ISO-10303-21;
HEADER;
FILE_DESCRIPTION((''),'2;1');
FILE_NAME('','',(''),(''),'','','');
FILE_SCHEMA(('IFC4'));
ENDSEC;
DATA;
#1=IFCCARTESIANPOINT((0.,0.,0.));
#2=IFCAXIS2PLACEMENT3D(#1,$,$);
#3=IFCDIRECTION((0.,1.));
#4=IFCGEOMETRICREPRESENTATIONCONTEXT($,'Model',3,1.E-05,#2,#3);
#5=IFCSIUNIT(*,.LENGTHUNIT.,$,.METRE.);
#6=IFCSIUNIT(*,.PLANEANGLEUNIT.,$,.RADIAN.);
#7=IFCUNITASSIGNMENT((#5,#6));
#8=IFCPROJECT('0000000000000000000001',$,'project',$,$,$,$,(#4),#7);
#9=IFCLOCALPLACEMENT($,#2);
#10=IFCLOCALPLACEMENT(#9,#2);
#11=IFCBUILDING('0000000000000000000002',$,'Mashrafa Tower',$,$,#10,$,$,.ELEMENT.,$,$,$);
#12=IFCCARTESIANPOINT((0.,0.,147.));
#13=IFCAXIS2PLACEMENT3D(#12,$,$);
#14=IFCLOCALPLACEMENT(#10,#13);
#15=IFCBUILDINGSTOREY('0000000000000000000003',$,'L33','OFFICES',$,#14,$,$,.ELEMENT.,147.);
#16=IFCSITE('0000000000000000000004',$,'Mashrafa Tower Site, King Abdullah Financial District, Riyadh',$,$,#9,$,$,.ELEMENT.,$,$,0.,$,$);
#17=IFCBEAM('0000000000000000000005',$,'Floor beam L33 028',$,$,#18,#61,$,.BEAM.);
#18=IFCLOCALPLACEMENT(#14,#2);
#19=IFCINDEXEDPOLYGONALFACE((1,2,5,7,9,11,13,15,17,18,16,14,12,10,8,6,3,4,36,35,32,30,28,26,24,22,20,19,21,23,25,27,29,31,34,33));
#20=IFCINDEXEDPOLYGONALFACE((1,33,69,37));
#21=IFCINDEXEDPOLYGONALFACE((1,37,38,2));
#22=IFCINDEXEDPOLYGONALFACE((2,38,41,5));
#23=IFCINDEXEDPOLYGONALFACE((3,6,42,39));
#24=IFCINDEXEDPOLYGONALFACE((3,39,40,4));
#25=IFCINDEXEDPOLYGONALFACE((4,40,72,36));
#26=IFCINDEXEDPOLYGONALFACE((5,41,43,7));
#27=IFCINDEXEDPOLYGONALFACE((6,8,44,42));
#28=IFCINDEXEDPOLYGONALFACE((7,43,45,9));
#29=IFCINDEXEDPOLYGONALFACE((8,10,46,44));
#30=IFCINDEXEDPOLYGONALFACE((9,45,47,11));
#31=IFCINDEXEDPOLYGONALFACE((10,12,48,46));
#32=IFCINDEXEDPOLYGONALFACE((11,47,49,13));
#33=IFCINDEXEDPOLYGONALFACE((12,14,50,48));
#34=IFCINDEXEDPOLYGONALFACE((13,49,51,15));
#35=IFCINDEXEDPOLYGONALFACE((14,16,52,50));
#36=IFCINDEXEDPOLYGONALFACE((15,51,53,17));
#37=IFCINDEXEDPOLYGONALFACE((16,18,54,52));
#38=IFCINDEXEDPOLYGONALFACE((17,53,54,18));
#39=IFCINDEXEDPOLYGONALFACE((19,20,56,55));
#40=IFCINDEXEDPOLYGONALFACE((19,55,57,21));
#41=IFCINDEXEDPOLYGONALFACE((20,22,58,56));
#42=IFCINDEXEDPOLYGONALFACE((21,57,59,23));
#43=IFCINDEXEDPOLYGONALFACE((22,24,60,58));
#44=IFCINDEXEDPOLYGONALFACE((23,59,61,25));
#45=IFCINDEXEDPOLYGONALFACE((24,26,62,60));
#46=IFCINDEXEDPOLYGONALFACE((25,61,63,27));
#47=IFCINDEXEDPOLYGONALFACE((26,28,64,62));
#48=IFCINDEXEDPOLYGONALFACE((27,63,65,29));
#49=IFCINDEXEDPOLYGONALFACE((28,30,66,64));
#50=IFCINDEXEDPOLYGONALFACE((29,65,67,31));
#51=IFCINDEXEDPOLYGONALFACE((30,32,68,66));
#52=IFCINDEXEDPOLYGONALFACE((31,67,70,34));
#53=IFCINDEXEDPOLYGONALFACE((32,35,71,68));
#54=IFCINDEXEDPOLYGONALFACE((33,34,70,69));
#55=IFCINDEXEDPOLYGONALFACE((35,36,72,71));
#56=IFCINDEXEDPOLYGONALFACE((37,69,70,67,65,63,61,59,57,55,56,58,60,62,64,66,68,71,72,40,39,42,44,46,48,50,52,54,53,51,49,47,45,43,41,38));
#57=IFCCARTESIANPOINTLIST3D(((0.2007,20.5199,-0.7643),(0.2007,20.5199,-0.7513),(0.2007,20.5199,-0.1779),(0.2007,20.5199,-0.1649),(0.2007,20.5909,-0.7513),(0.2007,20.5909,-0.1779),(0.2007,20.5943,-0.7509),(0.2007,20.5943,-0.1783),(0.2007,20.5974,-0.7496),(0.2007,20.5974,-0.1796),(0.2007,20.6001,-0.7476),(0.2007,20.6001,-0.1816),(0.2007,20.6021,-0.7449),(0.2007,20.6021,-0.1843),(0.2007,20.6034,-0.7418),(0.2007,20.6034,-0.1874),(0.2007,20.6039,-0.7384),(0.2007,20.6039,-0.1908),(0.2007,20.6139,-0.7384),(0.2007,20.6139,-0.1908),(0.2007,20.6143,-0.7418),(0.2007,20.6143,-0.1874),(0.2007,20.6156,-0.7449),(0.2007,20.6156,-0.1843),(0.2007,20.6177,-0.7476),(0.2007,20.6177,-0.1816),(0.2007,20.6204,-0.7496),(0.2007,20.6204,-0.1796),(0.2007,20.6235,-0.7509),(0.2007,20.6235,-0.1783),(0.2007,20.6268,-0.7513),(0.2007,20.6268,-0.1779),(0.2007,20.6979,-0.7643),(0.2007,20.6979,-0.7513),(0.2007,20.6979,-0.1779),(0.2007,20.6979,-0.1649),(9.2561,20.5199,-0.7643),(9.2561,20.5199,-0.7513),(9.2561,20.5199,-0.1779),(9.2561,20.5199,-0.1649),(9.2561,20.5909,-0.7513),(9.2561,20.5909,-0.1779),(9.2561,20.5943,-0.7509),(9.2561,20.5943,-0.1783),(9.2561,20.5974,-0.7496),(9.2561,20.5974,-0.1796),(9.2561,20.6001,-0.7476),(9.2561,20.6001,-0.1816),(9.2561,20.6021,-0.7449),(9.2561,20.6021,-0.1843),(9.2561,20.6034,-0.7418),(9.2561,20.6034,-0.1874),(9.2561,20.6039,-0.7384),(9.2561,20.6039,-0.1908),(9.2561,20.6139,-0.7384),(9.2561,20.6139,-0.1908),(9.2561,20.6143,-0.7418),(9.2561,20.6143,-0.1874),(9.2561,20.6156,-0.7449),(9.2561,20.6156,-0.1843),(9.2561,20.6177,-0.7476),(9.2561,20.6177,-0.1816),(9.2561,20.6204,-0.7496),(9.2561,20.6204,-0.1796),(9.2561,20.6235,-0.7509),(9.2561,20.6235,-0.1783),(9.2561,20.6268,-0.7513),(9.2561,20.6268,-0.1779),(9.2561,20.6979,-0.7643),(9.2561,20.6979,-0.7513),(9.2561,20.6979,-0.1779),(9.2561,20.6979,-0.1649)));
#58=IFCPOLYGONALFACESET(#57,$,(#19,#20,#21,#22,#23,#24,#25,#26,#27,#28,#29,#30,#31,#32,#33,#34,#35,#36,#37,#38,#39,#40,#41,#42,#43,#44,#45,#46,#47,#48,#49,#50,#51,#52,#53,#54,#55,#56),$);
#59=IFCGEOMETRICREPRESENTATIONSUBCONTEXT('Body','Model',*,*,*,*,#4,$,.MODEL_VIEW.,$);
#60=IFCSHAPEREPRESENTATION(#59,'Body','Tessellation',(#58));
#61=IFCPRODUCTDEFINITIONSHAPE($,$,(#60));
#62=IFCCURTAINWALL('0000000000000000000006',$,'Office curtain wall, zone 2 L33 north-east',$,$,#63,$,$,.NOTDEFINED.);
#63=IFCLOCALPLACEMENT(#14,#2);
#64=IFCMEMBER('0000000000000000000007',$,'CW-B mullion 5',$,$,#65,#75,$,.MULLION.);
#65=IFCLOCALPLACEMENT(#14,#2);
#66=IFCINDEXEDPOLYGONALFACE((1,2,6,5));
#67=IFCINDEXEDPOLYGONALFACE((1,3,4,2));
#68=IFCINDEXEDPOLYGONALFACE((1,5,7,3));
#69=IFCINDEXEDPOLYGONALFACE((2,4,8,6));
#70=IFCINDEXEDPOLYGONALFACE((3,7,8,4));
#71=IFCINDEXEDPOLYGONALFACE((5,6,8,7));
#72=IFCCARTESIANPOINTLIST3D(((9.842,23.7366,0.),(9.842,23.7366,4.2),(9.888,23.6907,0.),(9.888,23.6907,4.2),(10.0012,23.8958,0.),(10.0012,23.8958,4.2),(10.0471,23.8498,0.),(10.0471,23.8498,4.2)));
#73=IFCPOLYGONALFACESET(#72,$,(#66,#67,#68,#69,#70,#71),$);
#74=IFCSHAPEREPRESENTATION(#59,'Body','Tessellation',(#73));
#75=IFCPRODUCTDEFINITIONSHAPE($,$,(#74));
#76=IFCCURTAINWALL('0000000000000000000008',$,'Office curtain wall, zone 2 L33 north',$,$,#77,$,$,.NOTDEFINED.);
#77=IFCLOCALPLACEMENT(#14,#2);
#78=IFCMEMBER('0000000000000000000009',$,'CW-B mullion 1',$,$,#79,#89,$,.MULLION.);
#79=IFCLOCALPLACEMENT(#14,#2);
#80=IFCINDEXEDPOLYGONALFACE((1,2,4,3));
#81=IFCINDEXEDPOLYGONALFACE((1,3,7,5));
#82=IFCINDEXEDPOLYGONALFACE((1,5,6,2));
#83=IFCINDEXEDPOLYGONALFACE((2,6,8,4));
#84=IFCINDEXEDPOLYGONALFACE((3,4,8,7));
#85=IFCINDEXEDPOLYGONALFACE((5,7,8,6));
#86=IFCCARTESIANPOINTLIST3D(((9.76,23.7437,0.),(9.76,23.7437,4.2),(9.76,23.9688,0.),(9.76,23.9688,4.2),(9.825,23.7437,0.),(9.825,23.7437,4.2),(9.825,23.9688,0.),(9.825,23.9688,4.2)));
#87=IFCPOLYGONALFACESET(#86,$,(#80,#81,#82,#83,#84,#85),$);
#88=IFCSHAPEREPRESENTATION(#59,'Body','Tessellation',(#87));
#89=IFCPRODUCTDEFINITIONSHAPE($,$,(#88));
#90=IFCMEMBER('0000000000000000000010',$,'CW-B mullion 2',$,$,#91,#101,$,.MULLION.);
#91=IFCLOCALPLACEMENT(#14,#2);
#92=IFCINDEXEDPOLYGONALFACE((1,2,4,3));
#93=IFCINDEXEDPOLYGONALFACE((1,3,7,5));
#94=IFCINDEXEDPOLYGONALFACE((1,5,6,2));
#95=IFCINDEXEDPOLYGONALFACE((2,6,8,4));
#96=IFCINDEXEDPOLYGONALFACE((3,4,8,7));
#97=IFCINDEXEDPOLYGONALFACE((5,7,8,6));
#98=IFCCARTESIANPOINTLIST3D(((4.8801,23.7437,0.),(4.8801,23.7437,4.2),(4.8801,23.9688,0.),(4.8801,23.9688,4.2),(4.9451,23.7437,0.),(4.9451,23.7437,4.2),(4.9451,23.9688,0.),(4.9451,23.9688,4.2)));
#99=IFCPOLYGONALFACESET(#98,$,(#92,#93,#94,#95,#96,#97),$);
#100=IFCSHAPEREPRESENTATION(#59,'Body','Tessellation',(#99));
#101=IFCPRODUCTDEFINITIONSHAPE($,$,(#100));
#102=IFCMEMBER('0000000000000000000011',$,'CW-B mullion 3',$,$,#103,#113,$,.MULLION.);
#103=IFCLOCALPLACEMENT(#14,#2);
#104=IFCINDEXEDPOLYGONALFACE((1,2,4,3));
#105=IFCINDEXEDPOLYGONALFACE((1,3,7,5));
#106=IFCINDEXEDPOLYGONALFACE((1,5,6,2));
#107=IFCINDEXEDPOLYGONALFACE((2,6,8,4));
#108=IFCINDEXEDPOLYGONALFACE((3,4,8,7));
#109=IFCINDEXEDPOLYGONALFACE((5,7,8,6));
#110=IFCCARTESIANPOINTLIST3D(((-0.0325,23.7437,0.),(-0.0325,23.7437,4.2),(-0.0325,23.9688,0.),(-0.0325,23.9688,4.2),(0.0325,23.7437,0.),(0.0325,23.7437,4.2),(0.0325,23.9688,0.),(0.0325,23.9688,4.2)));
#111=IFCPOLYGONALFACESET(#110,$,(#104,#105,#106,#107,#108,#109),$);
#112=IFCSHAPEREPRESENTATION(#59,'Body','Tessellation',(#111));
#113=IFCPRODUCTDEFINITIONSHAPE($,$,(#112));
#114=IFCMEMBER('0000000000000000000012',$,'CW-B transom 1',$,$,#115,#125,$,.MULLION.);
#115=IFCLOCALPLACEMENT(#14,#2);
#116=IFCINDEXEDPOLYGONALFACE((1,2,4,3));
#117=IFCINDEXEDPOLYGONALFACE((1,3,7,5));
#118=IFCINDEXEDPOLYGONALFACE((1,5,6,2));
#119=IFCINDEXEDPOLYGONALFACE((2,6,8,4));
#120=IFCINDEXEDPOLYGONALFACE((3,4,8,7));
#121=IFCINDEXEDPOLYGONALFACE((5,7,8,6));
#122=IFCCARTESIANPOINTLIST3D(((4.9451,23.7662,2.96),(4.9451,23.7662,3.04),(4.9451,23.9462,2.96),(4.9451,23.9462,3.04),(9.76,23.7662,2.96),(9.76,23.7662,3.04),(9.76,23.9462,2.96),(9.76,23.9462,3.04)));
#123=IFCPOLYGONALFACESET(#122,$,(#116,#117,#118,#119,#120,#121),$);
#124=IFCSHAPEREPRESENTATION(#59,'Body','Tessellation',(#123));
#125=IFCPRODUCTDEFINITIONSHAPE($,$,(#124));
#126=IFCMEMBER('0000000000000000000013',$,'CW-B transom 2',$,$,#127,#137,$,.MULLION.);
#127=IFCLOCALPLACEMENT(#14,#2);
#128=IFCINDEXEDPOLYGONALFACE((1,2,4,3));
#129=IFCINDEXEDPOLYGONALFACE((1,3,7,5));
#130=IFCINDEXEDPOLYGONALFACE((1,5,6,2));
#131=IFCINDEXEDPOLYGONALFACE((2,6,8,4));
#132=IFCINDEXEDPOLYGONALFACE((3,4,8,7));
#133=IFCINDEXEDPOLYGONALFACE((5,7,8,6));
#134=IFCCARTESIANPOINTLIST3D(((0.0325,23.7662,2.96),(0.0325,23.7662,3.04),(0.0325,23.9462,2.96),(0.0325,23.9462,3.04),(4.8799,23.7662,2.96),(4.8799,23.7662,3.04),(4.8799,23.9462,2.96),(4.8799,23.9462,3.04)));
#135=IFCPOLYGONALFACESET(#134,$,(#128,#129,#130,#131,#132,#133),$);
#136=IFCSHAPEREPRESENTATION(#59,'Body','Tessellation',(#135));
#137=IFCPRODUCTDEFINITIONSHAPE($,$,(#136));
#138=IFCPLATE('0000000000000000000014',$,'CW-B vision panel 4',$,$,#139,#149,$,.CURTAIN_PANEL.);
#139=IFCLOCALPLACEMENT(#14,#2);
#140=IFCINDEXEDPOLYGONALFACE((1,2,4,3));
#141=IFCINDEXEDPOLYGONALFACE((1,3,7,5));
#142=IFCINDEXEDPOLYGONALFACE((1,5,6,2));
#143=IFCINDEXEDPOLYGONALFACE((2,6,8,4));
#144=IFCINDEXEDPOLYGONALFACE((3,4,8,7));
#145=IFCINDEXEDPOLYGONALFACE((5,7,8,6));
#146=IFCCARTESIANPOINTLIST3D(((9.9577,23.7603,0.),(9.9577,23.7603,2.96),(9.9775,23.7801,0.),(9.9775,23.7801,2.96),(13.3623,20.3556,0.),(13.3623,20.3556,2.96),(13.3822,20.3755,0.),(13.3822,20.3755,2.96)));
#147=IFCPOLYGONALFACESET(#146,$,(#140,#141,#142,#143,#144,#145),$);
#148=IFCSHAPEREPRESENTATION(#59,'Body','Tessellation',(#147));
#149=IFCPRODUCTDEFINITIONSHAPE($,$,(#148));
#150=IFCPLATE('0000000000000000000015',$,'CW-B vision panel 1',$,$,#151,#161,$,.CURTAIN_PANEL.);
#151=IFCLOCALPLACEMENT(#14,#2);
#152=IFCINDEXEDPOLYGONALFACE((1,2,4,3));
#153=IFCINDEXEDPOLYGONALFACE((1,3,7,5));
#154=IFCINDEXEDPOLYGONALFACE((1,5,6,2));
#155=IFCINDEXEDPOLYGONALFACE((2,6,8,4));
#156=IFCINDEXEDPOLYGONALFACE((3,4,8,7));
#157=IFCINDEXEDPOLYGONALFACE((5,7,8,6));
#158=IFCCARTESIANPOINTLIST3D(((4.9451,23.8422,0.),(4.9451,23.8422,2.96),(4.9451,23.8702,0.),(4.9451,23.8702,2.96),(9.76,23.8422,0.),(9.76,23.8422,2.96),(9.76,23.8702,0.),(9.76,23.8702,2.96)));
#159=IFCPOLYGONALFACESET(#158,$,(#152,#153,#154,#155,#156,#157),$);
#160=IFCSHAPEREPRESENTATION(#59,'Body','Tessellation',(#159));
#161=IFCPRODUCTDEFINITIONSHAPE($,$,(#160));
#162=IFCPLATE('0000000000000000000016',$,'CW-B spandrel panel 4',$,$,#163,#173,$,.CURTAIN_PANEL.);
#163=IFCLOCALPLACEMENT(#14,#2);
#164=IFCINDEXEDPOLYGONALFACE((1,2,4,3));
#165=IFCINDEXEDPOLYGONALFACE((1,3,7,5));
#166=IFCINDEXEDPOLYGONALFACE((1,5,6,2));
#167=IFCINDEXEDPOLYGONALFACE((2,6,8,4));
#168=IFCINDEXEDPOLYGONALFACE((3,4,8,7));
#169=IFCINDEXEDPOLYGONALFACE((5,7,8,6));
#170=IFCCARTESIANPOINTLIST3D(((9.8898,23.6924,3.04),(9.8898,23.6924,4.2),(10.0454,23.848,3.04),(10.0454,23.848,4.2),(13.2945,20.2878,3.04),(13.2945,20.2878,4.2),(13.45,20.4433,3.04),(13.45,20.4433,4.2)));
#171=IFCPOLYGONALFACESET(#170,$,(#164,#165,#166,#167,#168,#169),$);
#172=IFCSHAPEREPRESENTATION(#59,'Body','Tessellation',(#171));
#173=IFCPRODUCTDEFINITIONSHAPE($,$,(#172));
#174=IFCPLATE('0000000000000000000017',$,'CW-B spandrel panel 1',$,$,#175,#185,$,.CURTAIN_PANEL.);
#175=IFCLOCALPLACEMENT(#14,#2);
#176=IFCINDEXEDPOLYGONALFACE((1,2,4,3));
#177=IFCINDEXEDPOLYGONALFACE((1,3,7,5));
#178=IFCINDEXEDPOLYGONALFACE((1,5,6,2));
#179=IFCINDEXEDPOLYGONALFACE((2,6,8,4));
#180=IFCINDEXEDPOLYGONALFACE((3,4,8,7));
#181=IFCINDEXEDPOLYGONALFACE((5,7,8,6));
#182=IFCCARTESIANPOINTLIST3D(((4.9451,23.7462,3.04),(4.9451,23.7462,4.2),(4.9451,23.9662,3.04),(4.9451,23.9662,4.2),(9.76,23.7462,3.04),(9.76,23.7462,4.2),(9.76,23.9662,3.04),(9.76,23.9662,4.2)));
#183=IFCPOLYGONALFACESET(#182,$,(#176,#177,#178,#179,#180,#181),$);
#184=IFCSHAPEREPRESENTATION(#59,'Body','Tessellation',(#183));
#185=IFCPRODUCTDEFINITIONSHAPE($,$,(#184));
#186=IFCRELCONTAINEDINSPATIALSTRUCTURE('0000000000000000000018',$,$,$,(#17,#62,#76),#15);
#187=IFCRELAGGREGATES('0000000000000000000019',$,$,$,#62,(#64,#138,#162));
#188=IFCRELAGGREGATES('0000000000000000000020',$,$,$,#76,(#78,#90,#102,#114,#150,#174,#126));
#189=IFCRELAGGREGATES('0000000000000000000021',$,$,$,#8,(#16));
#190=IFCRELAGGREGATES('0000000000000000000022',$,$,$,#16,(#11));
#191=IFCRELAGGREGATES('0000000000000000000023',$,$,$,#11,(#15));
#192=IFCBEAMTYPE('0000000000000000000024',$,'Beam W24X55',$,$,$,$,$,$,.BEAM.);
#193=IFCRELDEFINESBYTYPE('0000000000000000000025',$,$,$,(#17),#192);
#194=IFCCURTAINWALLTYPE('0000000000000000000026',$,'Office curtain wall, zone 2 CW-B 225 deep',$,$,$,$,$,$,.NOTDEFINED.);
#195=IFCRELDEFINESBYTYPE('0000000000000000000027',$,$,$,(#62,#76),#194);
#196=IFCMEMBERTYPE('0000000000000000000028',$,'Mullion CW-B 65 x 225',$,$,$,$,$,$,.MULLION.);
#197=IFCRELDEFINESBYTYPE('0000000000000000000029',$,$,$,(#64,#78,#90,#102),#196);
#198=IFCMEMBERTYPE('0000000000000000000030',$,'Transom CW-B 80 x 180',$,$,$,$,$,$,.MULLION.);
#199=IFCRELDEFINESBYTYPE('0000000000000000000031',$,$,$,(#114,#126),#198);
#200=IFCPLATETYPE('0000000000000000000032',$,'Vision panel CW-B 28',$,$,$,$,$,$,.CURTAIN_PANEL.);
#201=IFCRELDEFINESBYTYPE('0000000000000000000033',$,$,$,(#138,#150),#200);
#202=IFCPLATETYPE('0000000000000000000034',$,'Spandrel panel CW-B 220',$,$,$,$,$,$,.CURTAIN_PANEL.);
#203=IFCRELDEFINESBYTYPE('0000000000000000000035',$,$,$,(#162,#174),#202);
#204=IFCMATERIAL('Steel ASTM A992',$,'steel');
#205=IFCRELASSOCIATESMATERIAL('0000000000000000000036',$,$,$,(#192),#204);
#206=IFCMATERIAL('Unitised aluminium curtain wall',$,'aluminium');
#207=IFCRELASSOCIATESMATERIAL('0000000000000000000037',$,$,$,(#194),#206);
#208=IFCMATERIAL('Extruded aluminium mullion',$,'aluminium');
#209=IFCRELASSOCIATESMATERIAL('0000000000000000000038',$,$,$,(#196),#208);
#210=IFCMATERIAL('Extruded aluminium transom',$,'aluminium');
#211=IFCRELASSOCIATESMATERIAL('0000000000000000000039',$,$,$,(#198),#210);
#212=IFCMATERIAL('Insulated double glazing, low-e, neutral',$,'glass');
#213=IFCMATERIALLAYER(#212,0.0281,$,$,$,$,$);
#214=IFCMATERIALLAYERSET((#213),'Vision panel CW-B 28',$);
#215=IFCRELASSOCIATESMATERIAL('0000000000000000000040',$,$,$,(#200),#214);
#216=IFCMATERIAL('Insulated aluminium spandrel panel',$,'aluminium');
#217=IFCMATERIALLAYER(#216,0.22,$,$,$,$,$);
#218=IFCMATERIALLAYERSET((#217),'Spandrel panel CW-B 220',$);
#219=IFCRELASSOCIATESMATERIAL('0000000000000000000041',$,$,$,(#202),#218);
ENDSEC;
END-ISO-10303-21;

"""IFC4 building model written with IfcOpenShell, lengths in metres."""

from ifc_helpers import new_model, si_unit, direction, frame, origin, origin_2d, place, context, subcontext, project, spatial, rectangle, i_section, extrude, source, transform, mapped, material, layer, layer_set, material_profile, profile_set, type_object, type_shapes, element, aggregate, save


model = new_model("IFC4")

# Units and contexts
model_context = context("Model", 3, precision=1e-05, world=origin(), true_north=direction((0.0, 1.0)))
body_context = subcontext(model_context, "Body", "Model", "MODEL_VIEW")
ifc_project = project(units=[si_unit("LENGTHUNIT", "METRE"), si_unit("PLANEANGLEUNIT", "RADIAN")], contexts=[model_context])

# Site, building, storey
site_placement = place(None, origin())
site = spatial("IfcSite", under=ifc_project, at=site_placement, Name="Mashrafa Tower Site, King Abdullah Financial District, Riyadh", CompositionType="ELEMENT", RefElevation=0.0)
building_placement = place(site_placement, origin())
building = spatial("IfcBuilding", under=site, at=building_placement, Name="Mashrafa Tower", CompositionType="ELEMENT")
storey_placement = place(building_placement, frame((0.0, 0.0, 147.0)))
storey = spatial("IfcBuildingStorey", under=building, at=storey_placement, Name="L33", Description="OFFICES", CompositionType="ELEMENT", Elevation=147.0)

# Beam
ifc_material_1 = material(Name="Steel ASTM A992", Category="steel")
ifc_material_profile_1 = material_profile(ifc_material_1, i_section(OverallWidth=0.178, OverallDepth=0.5994, WebThickness=0.01, FlangeThickness=0.0129, FilletRadius=0.0129, at=origin_2d()), Name="W24X55")
ifc_profile_set_1 = profile_set([ifc_material_profile_1], Name="Steel ASTM A992")
beam_type_1 = type_object("IfcBeamType", Name="Beam W24X55", PredefinedType="BEAM", material=ifc_profile_set_1)
beam_1_placement = place(storey_placement, frame((0.2007, 20.6089, -0.4646), z_axis=(1.0, 0.0, 0.0), x_axis=(0.0, 1.0, 0.0)))
element("IfcBeam", 1, at=beam_1_placement, inside=storey, type_object=beam_type_1, Name="Floor beam L33 028", PredefinedType="BEAM", context=body_context, shape_type="SweptSolid", body=[
    extrude(i_section(OverallWidth=0.178, OverallDepth=0.5994, WebThickness=0.01, FlangeThickness=0.0129, FilletRadius=0.0129, at=origin_2d()), origin(), (0.0, 0.0, 1.0), 9.0554),
])

# Curtain wall, member
ifc_material_2 = material(Name="Unitised aluminium curtain wall", Category="aluminium")
curtain_wall_type = type_object("IfcCurtainWallType", Name="Office curtain wall, zone 2 CW-B 225 deep", PredefinedType="NOTDEFINED", material=ifc_material_2)
curtain_wall_1_placement = place(storey_placement, origin())
curtain_wall_1 = element("IfcCurtainWall", 2, at=curtain_wall_1_placement, inside=storey, type_object=curtain_wall_type, Name="Office curtain wall, zone 2 L33 north-east", PredefinedType="NOTDEFINED")
ifc_material_3 = material(Name="Extruded aluminium mullion", Category="aluminium")
ifc_material_profile_2 = material_profile(ifc_material_3, rectangle(XDim=0.2251, YDim=0.0649, at=origin_2d()), Name="Mullion 65x225")
ifc_profile_set_2 = profile_set([ifc_material_profile_2], Name="Extruded aluminium mullion")
member_type_1 = type_object("IfcMemberType", Name="Mullion CW-B 65 x 225", PredefinedType="MULLION", material=ifc_profile_set_2)
shared_shape_1 = source(origin(), body_context, "Body", "SweptSolid", [
    extrude(rectangle(XDim=0.2251, YDim=0.0649, at=origin_2d()), origin(), (0.0, 0.0, 1.0), 4.2),
])
type_shapes(member_type_1, [shared_shape_1])
member_1_placement = place(storey_placement, frame((9.9446, 23.7932, 0.0), z_axis=(0.0, 0.0, 1.0), x_axis=(-0.707107, -0.707107, 0.0)))
member_1 = element("IfcMember", 3, at=member_1_placement, type_object=member_type_1, Name="CW-B mullion 5", PredefinedType="MULLION", context=body_context, shape_type="MappedRepresentation", body=[
    mapped(shared_shape_1, transform((0.0, 0.0, 0.0))),
])

# Curtain wall, members
curtain_wall_2_placement = place(storey_placement, origin())
curtain_wall_2 = element("IfcCurtainWall", 4, at=curtain_wall_2_placement, inside=storey, type_object=curtain_wall_type, Name="Office curtain wall, zone 2 L33 north", PredefinedType="NOTDEFINED")
member_2_placement = place(storey_placement, frame((9.7925, 23.8562, 0.0), z_axis=(0.0, 0.0, 1.0), x_axis=(0.0, -1.0, 0.0)))
member_2 = element("IfcMember", 5, at=member_2_placement, type_object=member_type_1, Name="CW-B mullion 1", PredefinedType="MULLION", context=body_context, shape_type="MappedRepresentation", body=[
    mapped(shared_shape_1, transform((0.0, 0.0, 0.0))),
])
member_3_placement = place(storey_placement, frame((4.9126, 23.8562, 0.0), z_axis=(0.0, 0.0, 1.0), x_axis=(0.0, -1.0, 0.0)))
member_3 = element("IfcMember", 6, at=member_3_placement, type_object=member_type_1, Name="CW-B mullion 2", PredefinedType="MULLION", context=body_context, shape_type="MappedRepresentation", body=[
    mapped(shared_shape_1, transform((0.0, 0.0, 0.0))),
])
member_4_placement = place(storey_placement, frame((0.0, 23.8562, 0.0), z_axis=(0.0, 0.0, 1.0), x_axis=(0.0, -1.0, 0.0)))
member_4 = element("IfcMember", 7, at=member_4_placement, type_object=member_type_1, Name="CW-B mullion 3", PredefinedType="MULLION", context=body_context, shape_type="MappedRepresentation", body=[
    mapped(shared_shape_1, transform((0.0, 0.0, 0.0))),
])
ifc_material_4 = material(Name="Extruded aluminium transom", Category="aluminium")
ifc_material_profile_3 = material_profile(ifc_material_4, rectangle(XDim=0.1799, YDim=0.0801, at=origin_2d()), Name="Transom 80x180")
ifc_profile_set_3 = profile_set([ifc_material_profile_3], Name="Extruded aluminium transom")
member_type_2 = type_object("IfcMemberType", Name="Transom CW-B 80 x 180", PredefinedType="MULLION", material=ifc_profile_set_3)
shared_shape_2 = source(origin(), body_context, "Body", "SweptSolid", [
    extrude(rectangle(XDim=0.1799, YDim=0.0801, at=origin_2d()), origin(), (0.0, 0.0, 1.0), 4.8149),
])
member_5_placement = place(storey_placement, frame((9.76, 23.8562, 3.0), z_axis=(-1.0, 0.0, 0.0), x_axis=(0.0, -1.0, 0.0)))
member_5 = element("IfcMember", 8, at=member_5_placement, type_object=member_type_2, Name="CW-B transom 1", PredefinedType="MULLION", context=body_context, shape_type="MappedRepresentation", body=[
    mapped(shared_shape_2, transform((0.0, 0.0, 0.0))),
])
shared_shape_3 = source(origin(), body_context, "Body", "SweptSolid", [
    extrude(rectangle(XDim=0.1799, YDim=0.0801, at=origin_2d()), origin(), (0.0, 0.0, 1.0), 4.8474),
])
type_shapes(member_type_2, [shared_shape_2, shared_shape_3])
member_6_placement = place(storey_placement, frame((4.8799, 23.8562, 3.0), z_axis=(-1.0, 0.0, 0.0), x_axis=(0.0, -1.0, 0.0)))
member_6 = element("IfcMember", 9, at=member_6_placement, type_object=member_type_2, Name="CW-B transom 2", PredefinedType="MULLION", context=body_context, shape_type="MappedRepresentation", body=[
    mapped(shared_shape_3, transform((0.0, 0.0, 0.0))),
])

# Plates
ifc_material_5 = material(Name="Insulated double glazing, low-e, neutral", Category="glass")
ifc_layer_1 = layer(ifc_material_5, 0.0281)
ifc_layer_set_1 = layer_set([ifc_layer_1], Name="Vision panel CW-B 28")
plate_type_1 = type_object("IfcPlateType", Name="Vision panel CW-B 28", PredefinedType="CURTAIN_PANEL", material=ifc_layer_set_1)
shared_shape_4 = source(origin(), body_context, "Body", "SweptSolid", [
    extrude(rectangle(XDim=4.8149, YDim=0.0281, at=origin_2d()), origin(), (0.0, 0.0, 1.0), 2.96),
])
plate_1_placement = place(storey_placement, frame((11.6699, 22.0679, 0.0), z_axis=(0.0, 0.0, 1.0), x_axis=(-0.707107, 0.707107, 0.0)))
plate_1 = element("IfcPlate", 10, at=plate_1_placement, type_object=plate_type_1, Name="CW-B vision panel 4", PredefinedType="CURTAIN_PANEL", context=body_context, shape_type="MappedRepresentation", body=[
    mapped(shared_shape_4, transform((0.0, 0.0, 0.0))),
])
plate_2_placement = place(storey_placement, frame((7.3525, 23.8562, 0.0), z_axis=(0.0, 0.0, 1.0), x_axis=(-1.0, 0.0, 0.0)))
plate_2 = element("IfcPlate", 11, at=plate_2_placement, type_object=plate_type_1, Name="CW-B vision panel 1", PredefinedType="CURTAIN_PANEL", context=body_context, shape_type="MappedRepresentation", body=[
    mapped(shared_shape_4, transform((0.0, 0.0, 0.0))),
])
ifc_material_6 = material(Name="Insulated aluminium spandrel panel", Category="aluminium")
ifc_layer_2 = layer(ifc_material_6, 0.22)
ifc_layer_set_2 = layer_set([ifc_layer_2], Name="Spandrel panel CW-B 220")
plate_type_2 = type_object("IfcPlateType", Name="Spandrel panel CW-B 220", PredefinedType="CURTAIN_PANEL", material=ifc_layer_set_2)
shared_shape_5 = source(origin(), body_context, "Body", "SweptSolid", [
    extrude(rectangle(XDim=4.8149, YDim=0.22, at=origin_2d()), origin(), (0.0, 0.0, 1.0), 1.1599),
])
plate_3_placement = place(storey_placement, frame((11.6699, 22.0679, 3.04), z_axis=(0.0, 0.0, 1.0), x_axis=(-0.707107, 0.707107, 0.0)))
plate_3 = element("IfcPlate", 12, at=plate_3_placement, type_object=plate_type_2, Name="CW-B spandrel panel 4", PredefinedType="CURTAIN_PANEL", context=body_context, shape_type="MappedRepresentation", body=[
    mapped(shared_shape_5, transform((0.0, 0.0, 0.0))),
])
aggregate(curtain_wall_1, [member_1, plate_1, plate_3])
plate_4_placement = place(storey_placement, frame((7.3525, 23.8562, 3.04), z_axis=(0.0, 0.0, 1.0), x_axis=(-1.0, 0.0, 0.0)))
plate_4 = element("IfcPlate", 13, at=plate_4_placement, type_object=plate_type_2, Name="CW-B spandrel panel 1", PredefinedType="CURTAIN_PANEL", context=body_context, shape_type="MappedRepresentation", body=[
    mapped(shared_shape_5, transform((0.0, 0.0, 0.0))),
])
aggregate(curtain_wall_2, [member_2, member_3, member_4, member_5, plate_2, plate_4, member_6])

save(model, "model.ifc")
